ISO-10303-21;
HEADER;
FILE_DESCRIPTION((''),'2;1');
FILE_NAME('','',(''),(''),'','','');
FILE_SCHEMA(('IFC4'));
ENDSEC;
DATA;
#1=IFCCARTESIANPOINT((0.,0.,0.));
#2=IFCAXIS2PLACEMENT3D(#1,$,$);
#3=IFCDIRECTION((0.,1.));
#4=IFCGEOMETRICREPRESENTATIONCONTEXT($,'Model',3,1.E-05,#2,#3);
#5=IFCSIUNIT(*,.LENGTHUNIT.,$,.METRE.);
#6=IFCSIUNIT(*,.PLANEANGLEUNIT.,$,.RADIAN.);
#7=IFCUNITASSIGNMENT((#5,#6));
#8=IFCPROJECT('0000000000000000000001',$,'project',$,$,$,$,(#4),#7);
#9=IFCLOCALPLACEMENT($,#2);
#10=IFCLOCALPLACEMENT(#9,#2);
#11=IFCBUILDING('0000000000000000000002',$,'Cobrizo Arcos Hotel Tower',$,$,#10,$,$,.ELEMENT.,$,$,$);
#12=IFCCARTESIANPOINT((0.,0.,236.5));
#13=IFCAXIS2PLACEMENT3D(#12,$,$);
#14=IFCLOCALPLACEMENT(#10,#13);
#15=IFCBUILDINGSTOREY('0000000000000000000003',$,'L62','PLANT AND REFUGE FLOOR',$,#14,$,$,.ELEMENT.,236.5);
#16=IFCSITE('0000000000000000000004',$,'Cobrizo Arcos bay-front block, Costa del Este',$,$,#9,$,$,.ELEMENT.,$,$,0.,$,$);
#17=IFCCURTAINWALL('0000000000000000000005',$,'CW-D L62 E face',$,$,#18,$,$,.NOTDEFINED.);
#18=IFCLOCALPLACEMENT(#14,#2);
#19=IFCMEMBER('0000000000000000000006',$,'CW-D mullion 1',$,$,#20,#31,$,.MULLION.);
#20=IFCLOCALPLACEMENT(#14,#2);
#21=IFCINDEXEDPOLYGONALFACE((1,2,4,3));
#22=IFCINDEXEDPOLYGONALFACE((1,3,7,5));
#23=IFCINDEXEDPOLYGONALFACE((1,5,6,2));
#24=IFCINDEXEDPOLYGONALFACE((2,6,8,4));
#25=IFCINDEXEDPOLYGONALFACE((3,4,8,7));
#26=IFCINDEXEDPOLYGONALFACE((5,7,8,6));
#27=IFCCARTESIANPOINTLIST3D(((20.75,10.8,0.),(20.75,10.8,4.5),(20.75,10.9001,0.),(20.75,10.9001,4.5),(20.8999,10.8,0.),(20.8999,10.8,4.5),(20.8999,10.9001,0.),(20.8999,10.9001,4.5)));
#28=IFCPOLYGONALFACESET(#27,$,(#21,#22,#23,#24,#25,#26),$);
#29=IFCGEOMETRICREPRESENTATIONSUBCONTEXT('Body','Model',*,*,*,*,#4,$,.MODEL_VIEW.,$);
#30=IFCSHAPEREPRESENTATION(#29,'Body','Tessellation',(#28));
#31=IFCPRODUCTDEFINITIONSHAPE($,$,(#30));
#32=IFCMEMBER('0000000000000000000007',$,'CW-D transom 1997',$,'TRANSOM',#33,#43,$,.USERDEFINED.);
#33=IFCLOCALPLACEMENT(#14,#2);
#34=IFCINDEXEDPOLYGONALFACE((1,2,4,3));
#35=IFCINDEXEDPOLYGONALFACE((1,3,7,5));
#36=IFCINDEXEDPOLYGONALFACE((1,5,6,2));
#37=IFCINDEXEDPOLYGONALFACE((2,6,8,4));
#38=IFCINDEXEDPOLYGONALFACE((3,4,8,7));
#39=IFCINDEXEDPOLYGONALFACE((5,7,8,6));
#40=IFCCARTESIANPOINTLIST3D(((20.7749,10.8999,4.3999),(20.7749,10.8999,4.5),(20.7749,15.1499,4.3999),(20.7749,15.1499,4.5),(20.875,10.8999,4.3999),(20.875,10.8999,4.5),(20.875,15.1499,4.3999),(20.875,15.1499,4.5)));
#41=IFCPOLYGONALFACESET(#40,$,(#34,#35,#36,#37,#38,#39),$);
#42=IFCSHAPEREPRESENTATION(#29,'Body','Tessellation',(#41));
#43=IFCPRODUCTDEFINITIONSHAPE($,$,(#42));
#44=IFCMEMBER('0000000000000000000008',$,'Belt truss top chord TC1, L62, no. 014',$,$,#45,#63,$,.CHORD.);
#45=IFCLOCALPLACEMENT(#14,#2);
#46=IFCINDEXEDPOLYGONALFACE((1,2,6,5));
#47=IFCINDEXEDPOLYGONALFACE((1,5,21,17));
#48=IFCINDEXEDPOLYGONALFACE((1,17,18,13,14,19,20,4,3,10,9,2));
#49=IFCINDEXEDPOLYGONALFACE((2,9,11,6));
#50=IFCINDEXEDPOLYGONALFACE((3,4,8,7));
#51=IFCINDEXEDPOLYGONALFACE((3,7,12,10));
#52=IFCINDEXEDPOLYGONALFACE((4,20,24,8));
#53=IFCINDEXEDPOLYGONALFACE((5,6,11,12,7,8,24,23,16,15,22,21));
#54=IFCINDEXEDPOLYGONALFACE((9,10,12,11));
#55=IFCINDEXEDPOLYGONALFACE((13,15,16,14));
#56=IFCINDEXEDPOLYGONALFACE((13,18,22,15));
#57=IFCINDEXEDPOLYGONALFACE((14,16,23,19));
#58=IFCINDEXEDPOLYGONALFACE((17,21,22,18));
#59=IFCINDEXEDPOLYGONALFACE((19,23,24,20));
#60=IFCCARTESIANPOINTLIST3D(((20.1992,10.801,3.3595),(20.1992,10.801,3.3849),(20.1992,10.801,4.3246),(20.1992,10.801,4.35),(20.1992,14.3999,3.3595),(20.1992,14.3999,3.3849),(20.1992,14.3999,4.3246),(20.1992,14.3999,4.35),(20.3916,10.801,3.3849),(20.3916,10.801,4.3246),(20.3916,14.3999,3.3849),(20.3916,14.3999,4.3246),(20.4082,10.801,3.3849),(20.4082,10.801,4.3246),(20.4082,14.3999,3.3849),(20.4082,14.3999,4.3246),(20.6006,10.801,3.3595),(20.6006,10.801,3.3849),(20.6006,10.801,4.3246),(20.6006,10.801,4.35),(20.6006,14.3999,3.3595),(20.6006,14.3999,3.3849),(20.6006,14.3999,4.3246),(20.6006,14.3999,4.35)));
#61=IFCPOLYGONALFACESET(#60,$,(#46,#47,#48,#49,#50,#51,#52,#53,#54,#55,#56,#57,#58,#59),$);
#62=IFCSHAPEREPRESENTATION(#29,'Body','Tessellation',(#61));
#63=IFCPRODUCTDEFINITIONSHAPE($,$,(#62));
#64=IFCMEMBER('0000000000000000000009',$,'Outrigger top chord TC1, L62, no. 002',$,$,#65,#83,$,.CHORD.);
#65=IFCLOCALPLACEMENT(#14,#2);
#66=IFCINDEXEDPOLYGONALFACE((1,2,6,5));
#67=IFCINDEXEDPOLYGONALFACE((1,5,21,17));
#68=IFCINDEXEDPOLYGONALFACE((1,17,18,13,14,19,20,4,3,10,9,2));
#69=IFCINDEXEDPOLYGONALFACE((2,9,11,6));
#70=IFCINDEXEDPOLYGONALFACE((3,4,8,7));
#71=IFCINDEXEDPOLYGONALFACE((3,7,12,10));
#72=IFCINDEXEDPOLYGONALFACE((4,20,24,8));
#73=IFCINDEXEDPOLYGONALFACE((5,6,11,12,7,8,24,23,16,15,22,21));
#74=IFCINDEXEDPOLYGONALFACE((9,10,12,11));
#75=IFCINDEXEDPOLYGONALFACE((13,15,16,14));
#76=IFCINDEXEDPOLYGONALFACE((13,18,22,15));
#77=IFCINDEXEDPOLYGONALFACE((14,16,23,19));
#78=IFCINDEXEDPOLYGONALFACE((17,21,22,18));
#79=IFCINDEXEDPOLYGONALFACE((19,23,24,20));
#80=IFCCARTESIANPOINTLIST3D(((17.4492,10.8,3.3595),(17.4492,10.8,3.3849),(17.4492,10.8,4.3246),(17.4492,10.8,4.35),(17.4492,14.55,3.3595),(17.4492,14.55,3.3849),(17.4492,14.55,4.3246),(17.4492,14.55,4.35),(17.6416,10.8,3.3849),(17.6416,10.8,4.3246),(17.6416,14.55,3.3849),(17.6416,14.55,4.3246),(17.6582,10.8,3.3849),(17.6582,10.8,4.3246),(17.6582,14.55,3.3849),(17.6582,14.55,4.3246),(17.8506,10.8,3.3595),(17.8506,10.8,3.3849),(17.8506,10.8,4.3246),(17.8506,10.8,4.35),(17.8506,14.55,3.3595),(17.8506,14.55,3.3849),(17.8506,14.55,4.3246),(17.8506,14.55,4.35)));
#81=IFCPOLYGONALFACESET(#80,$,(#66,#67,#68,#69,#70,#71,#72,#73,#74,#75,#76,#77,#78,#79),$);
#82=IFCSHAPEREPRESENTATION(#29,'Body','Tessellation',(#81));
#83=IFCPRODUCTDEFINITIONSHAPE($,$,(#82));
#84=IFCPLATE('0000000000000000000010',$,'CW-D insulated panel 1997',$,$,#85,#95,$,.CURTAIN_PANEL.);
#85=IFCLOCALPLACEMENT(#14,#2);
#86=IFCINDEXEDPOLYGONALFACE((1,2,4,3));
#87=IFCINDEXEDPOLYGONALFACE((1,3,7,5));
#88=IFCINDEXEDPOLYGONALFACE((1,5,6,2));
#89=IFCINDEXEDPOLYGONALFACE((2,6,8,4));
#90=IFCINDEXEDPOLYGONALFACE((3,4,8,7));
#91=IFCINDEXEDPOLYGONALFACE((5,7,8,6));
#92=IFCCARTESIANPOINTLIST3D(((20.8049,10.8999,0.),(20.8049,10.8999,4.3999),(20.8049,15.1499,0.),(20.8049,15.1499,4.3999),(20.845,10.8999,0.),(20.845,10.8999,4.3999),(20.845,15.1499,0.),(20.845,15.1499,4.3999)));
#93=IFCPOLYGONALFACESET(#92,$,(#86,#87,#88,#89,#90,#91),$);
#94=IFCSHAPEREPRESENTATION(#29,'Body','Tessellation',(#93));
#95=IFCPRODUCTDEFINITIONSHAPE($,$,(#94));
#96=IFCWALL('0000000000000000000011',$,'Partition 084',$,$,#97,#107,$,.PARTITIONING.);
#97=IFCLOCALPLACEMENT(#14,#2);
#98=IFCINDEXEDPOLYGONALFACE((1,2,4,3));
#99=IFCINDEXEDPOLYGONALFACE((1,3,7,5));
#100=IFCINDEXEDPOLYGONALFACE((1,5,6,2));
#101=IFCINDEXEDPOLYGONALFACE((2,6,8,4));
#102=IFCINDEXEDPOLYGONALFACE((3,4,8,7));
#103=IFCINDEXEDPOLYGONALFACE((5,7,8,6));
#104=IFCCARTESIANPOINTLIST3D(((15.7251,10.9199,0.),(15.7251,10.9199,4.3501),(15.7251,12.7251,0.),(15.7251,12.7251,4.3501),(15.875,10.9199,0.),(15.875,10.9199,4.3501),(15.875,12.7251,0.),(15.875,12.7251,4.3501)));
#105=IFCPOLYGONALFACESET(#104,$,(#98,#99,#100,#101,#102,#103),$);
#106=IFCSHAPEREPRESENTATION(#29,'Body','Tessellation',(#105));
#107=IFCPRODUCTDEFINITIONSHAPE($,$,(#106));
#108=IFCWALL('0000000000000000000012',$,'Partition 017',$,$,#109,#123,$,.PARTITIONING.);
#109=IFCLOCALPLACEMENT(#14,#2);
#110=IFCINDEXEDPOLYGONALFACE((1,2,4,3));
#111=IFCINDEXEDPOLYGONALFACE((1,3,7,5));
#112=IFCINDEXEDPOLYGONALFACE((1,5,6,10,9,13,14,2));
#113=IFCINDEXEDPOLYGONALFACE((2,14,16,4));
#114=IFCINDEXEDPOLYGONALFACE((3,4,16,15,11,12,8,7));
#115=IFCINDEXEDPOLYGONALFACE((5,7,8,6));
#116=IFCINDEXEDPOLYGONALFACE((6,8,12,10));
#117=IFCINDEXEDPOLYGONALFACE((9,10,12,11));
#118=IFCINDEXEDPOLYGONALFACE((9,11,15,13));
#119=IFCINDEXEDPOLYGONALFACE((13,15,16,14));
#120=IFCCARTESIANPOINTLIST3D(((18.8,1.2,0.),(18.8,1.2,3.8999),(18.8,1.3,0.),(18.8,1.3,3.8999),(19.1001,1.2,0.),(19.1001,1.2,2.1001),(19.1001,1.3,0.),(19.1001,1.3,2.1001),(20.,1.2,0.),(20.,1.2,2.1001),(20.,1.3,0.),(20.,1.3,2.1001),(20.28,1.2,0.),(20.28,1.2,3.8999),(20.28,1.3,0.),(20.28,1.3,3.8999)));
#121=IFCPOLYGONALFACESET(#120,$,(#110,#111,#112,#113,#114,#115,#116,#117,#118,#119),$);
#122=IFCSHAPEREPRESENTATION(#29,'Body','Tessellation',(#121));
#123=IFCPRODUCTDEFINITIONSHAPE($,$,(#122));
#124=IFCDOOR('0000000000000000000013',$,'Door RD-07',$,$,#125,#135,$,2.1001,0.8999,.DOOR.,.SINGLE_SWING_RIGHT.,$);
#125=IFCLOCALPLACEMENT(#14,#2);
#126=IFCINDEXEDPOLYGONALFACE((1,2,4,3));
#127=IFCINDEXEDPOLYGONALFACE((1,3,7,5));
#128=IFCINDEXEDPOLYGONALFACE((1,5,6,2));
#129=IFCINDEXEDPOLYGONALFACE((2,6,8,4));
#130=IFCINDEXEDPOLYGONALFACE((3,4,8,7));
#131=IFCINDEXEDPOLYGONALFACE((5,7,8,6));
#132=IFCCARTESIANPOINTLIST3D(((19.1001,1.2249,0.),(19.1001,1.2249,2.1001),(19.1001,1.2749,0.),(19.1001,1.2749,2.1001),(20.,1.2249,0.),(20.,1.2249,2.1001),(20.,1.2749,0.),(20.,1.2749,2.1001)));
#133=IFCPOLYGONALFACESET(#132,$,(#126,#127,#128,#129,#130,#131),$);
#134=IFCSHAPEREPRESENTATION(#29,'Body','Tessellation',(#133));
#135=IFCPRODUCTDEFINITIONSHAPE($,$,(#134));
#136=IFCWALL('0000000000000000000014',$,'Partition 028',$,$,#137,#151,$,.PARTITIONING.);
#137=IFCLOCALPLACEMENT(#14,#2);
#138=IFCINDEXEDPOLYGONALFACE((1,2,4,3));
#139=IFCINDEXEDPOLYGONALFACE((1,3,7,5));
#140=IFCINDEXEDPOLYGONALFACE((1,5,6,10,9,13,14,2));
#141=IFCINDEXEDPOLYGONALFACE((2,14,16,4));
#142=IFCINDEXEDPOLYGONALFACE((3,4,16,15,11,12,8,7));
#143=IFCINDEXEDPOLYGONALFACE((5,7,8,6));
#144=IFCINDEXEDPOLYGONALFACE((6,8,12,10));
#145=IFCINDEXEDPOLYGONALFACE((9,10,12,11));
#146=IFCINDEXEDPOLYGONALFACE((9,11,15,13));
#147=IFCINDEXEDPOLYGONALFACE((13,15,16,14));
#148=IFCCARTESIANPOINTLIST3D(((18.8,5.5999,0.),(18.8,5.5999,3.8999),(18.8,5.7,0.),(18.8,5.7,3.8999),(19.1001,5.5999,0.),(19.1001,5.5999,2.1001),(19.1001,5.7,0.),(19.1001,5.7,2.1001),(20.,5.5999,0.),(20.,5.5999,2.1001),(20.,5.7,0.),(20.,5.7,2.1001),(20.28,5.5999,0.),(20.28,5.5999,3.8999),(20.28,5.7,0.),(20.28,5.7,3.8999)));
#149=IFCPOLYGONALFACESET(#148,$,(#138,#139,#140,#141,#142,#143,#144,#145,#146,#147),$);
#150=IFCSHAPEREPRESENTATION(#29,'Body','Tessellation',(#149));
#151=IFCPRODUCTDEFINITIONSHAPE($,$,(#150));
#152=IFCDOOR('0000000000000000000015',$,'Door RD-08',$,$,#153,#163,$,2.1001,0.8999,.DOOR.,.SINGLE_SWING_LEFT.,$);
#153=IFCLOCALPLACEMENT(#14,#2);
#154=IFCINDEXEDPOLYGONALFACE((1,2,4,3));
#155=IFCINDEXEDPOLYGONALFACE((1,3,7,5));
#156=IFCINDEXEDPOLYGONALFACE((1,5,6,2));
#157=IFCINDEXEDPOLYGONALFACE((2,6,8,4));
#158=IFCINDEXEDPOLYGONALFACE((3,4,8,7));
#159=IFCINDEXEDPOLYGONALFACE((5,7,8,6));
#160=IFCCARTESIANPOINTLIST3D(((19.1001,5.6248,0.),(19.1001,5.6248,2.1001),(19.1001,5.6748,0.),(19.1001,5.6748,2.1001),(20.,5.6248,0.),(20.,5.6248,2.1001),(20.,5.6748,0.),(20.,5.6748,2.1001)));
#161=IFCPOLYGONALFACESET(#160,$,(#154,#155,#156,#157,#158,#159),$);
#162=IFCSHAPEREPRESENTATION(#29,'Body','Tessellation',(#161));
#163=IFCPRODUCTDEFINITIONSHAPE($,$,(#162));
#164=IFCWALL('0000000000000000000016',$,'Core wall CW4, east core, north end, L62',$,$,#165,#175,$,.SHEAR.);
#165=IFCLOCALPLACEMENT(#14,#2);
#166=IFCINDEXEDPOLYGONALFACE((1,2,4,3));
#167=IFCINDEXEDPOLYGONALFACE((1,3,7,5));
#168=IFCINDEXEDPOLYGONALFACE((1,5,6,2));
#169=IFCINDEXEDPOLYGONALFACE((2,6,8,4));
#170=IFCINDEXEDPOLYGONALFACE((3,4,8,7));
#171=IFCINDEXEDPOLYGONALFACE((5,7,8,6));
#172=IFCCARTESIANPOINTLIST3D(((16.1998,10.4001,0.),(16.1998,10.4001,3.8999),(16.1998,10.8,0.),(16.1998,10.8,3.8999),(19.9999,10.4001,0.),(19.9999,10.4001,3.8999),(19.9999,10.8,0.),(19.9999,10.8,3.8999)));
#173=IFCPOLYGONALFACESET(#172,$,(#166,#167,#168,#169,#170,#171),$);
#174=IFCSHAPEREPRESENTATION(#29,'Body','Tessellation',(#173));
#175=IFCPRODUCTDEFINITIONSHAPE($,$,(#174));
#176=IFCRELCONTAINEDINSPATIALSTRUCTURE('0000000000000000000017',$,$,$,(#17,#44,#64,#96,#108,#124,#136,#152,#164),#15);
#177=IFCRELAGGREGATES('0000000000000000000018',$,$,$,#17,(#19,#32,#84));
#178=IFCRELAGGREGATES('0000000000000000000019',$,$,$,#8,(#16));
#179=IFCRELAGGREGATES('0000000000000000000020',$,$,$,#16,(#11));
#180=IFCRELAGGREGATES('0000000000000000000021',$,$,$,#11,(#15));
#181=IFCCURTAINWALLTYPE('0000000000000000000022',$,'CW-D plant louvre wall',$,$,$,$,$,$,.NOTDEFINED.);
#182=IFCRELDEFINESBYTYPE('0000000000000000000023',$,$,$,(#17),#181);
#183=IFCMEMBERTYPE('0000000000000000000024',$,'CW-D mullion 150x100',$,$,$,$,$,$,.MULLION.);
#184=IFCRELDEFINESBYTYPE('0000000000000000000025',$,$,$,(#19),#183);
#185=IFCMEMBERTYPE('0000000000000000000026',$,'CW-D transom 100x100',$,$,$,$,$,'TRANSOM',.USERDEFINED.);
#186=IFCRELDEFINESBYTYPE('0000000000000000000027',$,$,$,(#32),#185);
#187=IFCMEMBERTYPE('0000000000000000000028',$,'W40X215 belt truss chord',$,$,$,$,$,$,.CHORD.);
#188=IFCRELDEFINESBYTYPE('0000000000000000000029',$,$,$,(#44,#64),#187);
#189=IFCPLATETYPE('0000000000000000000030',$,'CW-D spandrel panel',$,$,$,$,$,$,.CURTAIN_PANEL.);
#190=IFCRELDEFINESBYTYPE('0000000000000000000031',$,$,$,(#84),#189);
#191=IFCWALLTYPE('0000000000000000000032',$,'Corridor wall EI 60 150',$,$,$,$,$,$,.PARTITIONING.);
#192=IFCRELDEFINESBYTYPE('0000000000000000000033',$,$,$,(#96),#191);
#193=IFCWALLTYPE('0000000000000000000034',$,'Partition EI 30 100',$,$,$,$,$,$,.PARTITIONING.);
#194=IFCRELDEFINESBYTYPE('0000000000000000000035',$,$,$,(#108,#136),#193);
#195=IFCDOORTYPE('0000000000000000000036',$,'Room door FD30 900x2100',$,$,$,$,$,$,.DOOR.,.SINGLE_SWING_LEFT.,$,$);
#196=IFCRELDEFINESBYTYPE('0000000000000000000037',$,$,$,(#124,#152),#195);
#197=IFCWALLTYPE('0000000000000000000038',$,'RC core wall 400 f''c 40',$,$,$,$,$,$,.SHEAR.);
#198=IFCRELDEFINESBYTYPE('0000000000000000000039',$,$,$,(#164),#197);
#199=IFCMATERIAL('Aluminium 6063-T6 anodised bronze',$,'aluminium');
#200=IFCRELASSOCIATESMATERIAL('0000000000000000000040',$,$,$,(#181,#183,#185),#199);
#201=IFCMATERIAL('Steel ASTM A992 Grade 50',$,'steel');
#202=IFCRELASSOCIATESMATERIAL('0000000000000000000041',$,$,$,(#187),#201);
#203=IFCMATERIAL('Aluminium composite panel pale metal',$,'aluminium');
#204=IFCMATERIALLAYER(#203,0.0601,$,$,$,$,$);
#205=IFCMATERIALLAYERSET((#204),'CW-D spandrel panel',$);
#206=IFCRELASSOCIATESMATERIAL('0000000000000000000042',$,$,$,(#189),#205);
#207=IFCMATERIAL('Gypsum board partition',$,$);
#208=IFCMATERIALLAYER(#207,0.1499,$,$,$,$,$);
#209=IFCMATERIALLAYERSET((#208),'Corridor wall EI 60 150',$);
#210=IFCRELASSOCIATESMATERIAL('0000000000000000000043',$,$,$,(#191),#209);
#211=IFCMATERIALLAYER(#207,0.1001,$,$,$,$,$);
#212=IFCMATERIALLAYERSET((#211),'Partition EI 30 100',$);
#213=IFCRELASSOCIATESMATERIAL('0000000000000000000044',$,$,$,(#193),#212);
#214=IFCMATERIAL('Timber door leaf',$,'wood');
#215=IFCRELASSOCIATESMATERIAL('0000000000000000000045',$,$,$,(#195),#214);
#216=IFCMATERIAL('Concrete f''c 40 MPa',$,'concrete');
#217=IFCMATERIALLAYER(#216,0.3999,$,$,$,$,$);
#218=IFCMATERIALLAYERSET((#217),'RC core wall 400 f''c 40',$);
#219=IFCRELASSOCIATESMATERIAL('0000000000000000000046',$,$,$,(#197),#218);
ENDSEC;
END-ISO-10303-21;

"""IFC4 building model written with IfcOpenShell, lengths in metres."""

from ifc_helpers import new_model, si_unit, direction, frame, frame_2d, origin, origin_2d, place, context, subcontext, project, spatial, rectangle, i_section, extrude, material, layer, layer_set, material_profile, profile_set, type_object, element, fill, aggregate, save


model = new_model("IFC4")

# Units and contexts
model_context = context("Model", 3, precision=1e-05, world=origin(), true_north=direction((0.0, 1.0)))
body_context = subcontext(model_context, "Body", "Model", "MODEL_VIEW")
ifc_project = project(units=[si_unit("LENGTHUNIT", "METRE"), si_unit("PLANEANGLEUNIT", "RADIAN")], contexts=[model_context])

# Site, building, storey
site_placement = place(None, origin())
site = spatial("IfcSite", under=ifc_project, at=site_placement, Name="Cobrizo Arcos bay-front block, Costa del Este", CompositionType="ELEMENT", RefElevation=0.0)
building_placement = place(site_placement, origin())
building = spatial("IfcBuilding", under=site, at=building_placement, Name="Cobrizo Arcos Hotel Tower", CompositionType="ELEMENT")
storey_placement = place(building_placement, frame((0.0, 0.0, 236.5)))
storey = spatial("IfcBuildingStorey", under=building, at=storey_placement, Name="L62", Description="PLANT AND REFUGE FLOOR", CompositionType="ELEMENT", Elevation=236.5)

# Curtain wall, members
ifc_material_1 = material(Name="Aluminium 6063-T6 anodised bronze", Category="aluminium")
curtain_wall_type = type_object("IfcCurtainWallType", Name="CW-D plant louvre wall", PredefinedType="NOTDEFINED", material=ifc_material_1)
curtain_wall_placement = place(storey_placement, origin())
curtain_wall = element("IfcCurtainWall", 1, at=curtain_wall_placement, inside=storey, type_object=curtain_wall_type, Name="CW-D L62 E face", PredefinedType="NOTDEFINED")
ifc_material_profile_1 = material_profile(ifc_material_1, rectangle(XDim=0.1499, YDim=0.1001, at=origin_2d()), Name="CW-D mullion 150x100")
ifc_profile_set_1 = profile_set([ifc_material_profile_1], Name="Aluminium 6063-T6 anodised bronze")
member_type_1 = type_object("IfcMemberType", Name="CW-D mullion 150x100", PredefinedType="MULLION", material=ifc_profile_set_1)
member_1_placement = place(storey_placement, frame((20.825, 10.8501, 0.0), z_axis=(0.0, 0.0, 1.0), x_axis=(1.0, 0.0, 0.0)))
member_1 = element("IfcMember", 2, at=member_1_placement, type_object=member_type_1, Name="CW-D mullion 1", PredefinedType="MULLION", context=body_context, shape_type="SweptSolid", body=[
    extrude(rectangle(XDim=0.1499, YDim=0.1001, at=origin_2d()), origin(), (0.0, 0.0, 1.0), 4.5),
])
ifc_material_profile_2 = material_profile(ifc_material_1, rectangle(XDim=0.1001, YDim=0.1001, at=origin_2d()), Name="CW-D transom 100x100")
ifc_profile_set_2 = profile_set([ifc_material_profile_2], Name="Aluminium 6063-T6 anodised bronze")
member_type_2 = type_object("IfcMemberType", Name="CW-D transom 100x100", ElementType="TRANSOM", PredefinedType="USERDEFINED", material=ifc_profile_set_2)
member_2_placement = place(storey_placement, frame((20.825, 10.8999, 4.45), z_axis=(0.0, 1.0, 0.0), x_axis=(-1.0, 0.0, 0.0)))
member_2 = element("IfcMember", 3, at=member_2_placement, type_object=member_type_2, Name="CW-D transom 1997", ObjectType="TRANSOM", PredefinedType="USERDEFINED", context=body_context, shape_type="SweptSolid", body=[
    extrude(rectangle(XDim=0.1001, YDim=0.1001, at=origin_2d()), origin(), (0.0, 0.0, 1.0), 4.25),
])

# Members
ifc_material_2 = material(Name="Steel ASTM A992 Grade 50", Category="steel")
ifc_material_profile_3 = material_profile(ifc_material_2, i_section(OverallWidth=0.4014, OverallDepth=0.9905, WebThickness=0.0166, FlangeThickness=0.0254, at=origin_2d()), Name="W40X215")
ifc_profile_set_3 = profile_set([ifc_material_profile_3], Name="Steel ASTM A992 Grade 50")
member_type_3 = type_object("IfcMemberType", Name="W40X215 belt truss chord", PredefinedType="CHORD", material=ifc_profile_set_3)
member_3_placement = place(storey_placement, frame((20.3999, 10.801, 3.8547), z_axis=(0.0, 1.0, 0.0), x_axis=(-1.0, 0.0, 0.0)))
element("IfcMember", 4, at=member_3_placement, inside=storey, type_object=member_type_3, Name="Belt truss top chord TC1, L62, no. 014", PredefinedType="CHORD", context=body_context, shape_type="SweptSolid", body=[
    extrude(i_section(OverallWidth=0.4014, OverallDepth=0.9905, WebThickness=0.0166, FlangeThickness=0.0254, at=origin_2d()), origin(), (0.0, 0.0, 1.0), 3.5989),
])
member_4_placement = place(storey_placement, frame((17.6499, 10.8, 3.8547), z_axis=(0.0, 1.0, 0.0), x_axis=(-1.0, 0.0, 0.0)))
element("IfcMember", 5, at=member_4_placement, inside=storey, type_object=member_type_3, Name="Outrigger top chord TC1, L62, no. 002", PredefinedType="CHORD", context=body_context, shape_type="SweptSolid", body=[
    extrude(i_section(OverallWidth=0.4014, OverallDepth=0.9905, WebThickness=0.0166, FlangeThickness=0.0254, at=origin_2d()), origin(), (0.0, 0.0, 1.0), 3.75),
])

# Plate
ifc_material_3 = material(Name="Aluminium composite panel pale metal", Category="aluminium")
ifc_layer_1 = layer(ifc_material_3, 0.0601)
ifc_layer_set_1 = layer_set([ifc_layer_1], Name="CW-D spandrel panel")
plate_type = type_object("IfcPlateType", Name="CW-D spandrel panel", PredefinedType="CURTAIN_PANEL", material=ifc_layer_set_1)
plate_placement = place(storey_placement, frame((20.825, 13.0249, 0.0), z_axis=(0.0, 0.0, 1.0), x_axis=(0.0, 1.0, 0.0)))
plate = element("IfcPlate", 6, at=plate_placement, type_object=plate_type, Name="CW-D insulated panel 1997", PredefinedType="CURTAIN_PANEL", context=body_context, shape_type="SweptSolid", body=[
    extrude(rectangle(XDim=4.25, YDim=0.04, at=origin_2d()), origin(), (0.0, 0.0, 1.0), 4.3999),
])
aggregate(curtain_wall, [member_1, member_2, plate])

# Wall
ifc_material_4 = material(Name="Gypsum board partition")
ifc_layer_2 = layer(ifc_material_4, 0.1499)
ifc_layer_set_2 = layer_set([ifc_layer_2], Name="Corridor wall EI 60 150")
wall_type_1 = type_object("IfcWallType", Name="Corridor wall EI 60 150", PredefinedType="PARTITIONING", material=ifc_layer_set_2)
wall_1_placement = place(storey_placement, frame((15.8, 10.9199, 0.0), z_axis=(0.0, 0.0, 1.0), x_axis=(0.0, 1.0, 0.0)))
element("IfcWall", 7, at=wall_1_placement, inside=storey, type_object=wall_type_1, Name="Partition 084", PredefinedType="PARTITIONING", context=body_context, shape_type="SweptSolid", body=[
    extrude(rectangle(XDim=1.8052, YDim=0.1499, at=frame_2d((0.9026, 0.0))), origin(), (0.0, 0.0, 1.0), 4.3501),
])

# Walls, openings, doors
ifc_layer_3 = layer(ifc_material_4, 0.1001)
ifc_layer_set_3 = layer_set([ifc_layer_3], Name="Partition EI 30 100")
wall_type_2 = type_object("IfcWallType", Name="Partition EI 30 100", PredefinedType="PARTITIONING", material=ifc_layer_set_3)
wall_2_placement = place(storey_placement, frame((18.8, 1.25, 0.0), z_axis=(0.0, 0.0, 1.0), x_axis=(1.0, 0.0, 0.0)))
wall_2 = element("IfcWall", 8, at=wall_2_placement, inside=storey, type_object=wall_type_2, Name="Partition 017", PredefinedType="PARTITIONING", context=body_context, shape_type="SweptSolid", body=[
    extrude(rectangle(XDim=1.48, YDim=0.1001, at=frame_2d((0.74, 0.0))), origin(), (0.0, 0.0, 1.0), 3.8999),
])
opening_1_placement = place(wall_2_placement, frame((0.3, 0.0, 0.0)))
opening_1 = element("IfcOpeningElement", 9, at=opening_1_placement, cuts=wall_2, PredefinedType="OPENING", context=body_context, shape_type="SweptSolid", body=[
    extrude(rectangle(XDim=0.8999, YDim=2.1001, at=frame_2d((0.45, 1.05))), frame((0.0, 0.062, 0.0), z_axis=(0.0, -1.0, 0.0), x_axis=(1.0, 0.0, 0.0)), (0.0, 0.0, 1.0), 0.124),
])
ifc_material_5 = material(Name="Timber door leaf", Category="wood")
door_type = type_object("IfcDoorType", Name="Room door FD30 900x2100", OperationType="SINGLE_SWING_LEFT", PredefinedType="DOOR", material=ifc_material_5)
door_1_placement = place(opening_1_placement, origin())
door_1 = element("IfcDoor", 10, at=door_1_placement, inside=storey, type_object=door_type, Name="Door RD-07", OperationType="SINGLE_SWING_RIGHT", OverallHeight=2.1001, OverallWidth=0.8999, PredefinedType="DOOR", context=body_context, shape_type="SweptSolid", body=[
    extrude(rectangle(XDim=0.8999, YDim=2.1001, at=frame_2d((0.45, 1.05))), frame((0.0, 0.0249, 0.0), z_axis=(0.0, -1.0, 0.0), x_axis=(1.0, 0.0, 0.0)), (0.0, 0.0, 1.0), 0.05),
])
fill(opening_1, door_1)
wall_3_placement = place(storey_placement, frame((18.8, 5.6499, 0.0), z_axis=(0.0, 0.0, 1.0), x_axis=(1.0, 0.0, 0.0)))
wall_3 = element("IfcWall", 11, at=wall_3_placement, inside=storey, type_object=wall_type_2, Name="Partition 028", PredefinedType="PARTITIONING", context=body_context, shape_type="SweptSolid", body=[
    extrude(rectangle(XDim=1.48, YDim=0.1001, at=frame_2d((0.74, 0.0))), origin(), (0.0, 0.0, 1.0), 3.8999),
])
opening_2_placement = place(wall_3_placement, frame((0.3, 0.0, 0.0)))
opening_2 = element("IfcOpeningElement", 12, at=opening_2_placement, cuts=wall_3, PredefinedType="OPENING", context=body_context, shape_type="SweptSolid", body=[
    extrude(rectangle(XDim=0.8999, YDim=2.1001, at=frame_2d((0.45, 1.05))), frame((0.0, 0.062, 0.0), z_axis=(0.0, -1.0, 0.0), x_axis=(1.0, 0.0, 0.0)), (0.0, 0.0, 1.0), 0.124),
])
door_2_placement = place(opening_2_placement, origin())
door_2 = element("IfcDoor", 13, at=door_2_placement, inside=storey, type_object=door_type, Name="Door RD-08", OperationType="SINGLE_SWING_LEFT", OverallHeight=2.1001, OverallWidth=0.8999, PredefinedType="DOOR", context=body_context, shape_type="SweptSolid", body=[
    extrude(rectangle(XDim=0.8999, YDim=2.1001, at=frame_2d((0.45, 1.05))), frame((0.0, 0.0249, 0.0), z_axis=(0.0, -1.0, 0.0), x_axis=(1.0, 0.0, 0.0)), (0.0, 0.0, 1.0), 0.05),
])
fill(opening_2, door_2)

# Wall
ifc_material_6 = material(Name="Concrete f'c 40 MPa", Category="concrete")
ifc_layer_4 = layer(ifc_material_6, 0.3999)
ifc_layer_set_4 = layer_set([ifc_layer_4], Name="RC core wall 400 f'c 40")
wall_type_3 = type_object("IfcWallType", Name="RC core wall 400 f'c 40", PredefinedType="SHEAR", material=ifc_layer_set_4)
wall_4_placement = place(storey_placement, frame((16.2, 10.6001, 0.0), z_axis=(0.0, 0.0, 1.0), x_axis=(1.0, 0.0, 0.0)))
element("IfcWall", 14, at=wall_4_placement, inside=storey, type_object=wall_type_3, Name="Core wall CW4, east core, north end, L62", PredefinedType="SHEAR", context=body_context, shape_type="SweptSolid", body=[
    extrude(rectangle(XDim=3.8, YDim=0.3999, at=frame_2d((1.8999, 0.0))), origin(), (0.0, 0.0, 1.0), 3.8999),
])

save(model, "model.ifc")
